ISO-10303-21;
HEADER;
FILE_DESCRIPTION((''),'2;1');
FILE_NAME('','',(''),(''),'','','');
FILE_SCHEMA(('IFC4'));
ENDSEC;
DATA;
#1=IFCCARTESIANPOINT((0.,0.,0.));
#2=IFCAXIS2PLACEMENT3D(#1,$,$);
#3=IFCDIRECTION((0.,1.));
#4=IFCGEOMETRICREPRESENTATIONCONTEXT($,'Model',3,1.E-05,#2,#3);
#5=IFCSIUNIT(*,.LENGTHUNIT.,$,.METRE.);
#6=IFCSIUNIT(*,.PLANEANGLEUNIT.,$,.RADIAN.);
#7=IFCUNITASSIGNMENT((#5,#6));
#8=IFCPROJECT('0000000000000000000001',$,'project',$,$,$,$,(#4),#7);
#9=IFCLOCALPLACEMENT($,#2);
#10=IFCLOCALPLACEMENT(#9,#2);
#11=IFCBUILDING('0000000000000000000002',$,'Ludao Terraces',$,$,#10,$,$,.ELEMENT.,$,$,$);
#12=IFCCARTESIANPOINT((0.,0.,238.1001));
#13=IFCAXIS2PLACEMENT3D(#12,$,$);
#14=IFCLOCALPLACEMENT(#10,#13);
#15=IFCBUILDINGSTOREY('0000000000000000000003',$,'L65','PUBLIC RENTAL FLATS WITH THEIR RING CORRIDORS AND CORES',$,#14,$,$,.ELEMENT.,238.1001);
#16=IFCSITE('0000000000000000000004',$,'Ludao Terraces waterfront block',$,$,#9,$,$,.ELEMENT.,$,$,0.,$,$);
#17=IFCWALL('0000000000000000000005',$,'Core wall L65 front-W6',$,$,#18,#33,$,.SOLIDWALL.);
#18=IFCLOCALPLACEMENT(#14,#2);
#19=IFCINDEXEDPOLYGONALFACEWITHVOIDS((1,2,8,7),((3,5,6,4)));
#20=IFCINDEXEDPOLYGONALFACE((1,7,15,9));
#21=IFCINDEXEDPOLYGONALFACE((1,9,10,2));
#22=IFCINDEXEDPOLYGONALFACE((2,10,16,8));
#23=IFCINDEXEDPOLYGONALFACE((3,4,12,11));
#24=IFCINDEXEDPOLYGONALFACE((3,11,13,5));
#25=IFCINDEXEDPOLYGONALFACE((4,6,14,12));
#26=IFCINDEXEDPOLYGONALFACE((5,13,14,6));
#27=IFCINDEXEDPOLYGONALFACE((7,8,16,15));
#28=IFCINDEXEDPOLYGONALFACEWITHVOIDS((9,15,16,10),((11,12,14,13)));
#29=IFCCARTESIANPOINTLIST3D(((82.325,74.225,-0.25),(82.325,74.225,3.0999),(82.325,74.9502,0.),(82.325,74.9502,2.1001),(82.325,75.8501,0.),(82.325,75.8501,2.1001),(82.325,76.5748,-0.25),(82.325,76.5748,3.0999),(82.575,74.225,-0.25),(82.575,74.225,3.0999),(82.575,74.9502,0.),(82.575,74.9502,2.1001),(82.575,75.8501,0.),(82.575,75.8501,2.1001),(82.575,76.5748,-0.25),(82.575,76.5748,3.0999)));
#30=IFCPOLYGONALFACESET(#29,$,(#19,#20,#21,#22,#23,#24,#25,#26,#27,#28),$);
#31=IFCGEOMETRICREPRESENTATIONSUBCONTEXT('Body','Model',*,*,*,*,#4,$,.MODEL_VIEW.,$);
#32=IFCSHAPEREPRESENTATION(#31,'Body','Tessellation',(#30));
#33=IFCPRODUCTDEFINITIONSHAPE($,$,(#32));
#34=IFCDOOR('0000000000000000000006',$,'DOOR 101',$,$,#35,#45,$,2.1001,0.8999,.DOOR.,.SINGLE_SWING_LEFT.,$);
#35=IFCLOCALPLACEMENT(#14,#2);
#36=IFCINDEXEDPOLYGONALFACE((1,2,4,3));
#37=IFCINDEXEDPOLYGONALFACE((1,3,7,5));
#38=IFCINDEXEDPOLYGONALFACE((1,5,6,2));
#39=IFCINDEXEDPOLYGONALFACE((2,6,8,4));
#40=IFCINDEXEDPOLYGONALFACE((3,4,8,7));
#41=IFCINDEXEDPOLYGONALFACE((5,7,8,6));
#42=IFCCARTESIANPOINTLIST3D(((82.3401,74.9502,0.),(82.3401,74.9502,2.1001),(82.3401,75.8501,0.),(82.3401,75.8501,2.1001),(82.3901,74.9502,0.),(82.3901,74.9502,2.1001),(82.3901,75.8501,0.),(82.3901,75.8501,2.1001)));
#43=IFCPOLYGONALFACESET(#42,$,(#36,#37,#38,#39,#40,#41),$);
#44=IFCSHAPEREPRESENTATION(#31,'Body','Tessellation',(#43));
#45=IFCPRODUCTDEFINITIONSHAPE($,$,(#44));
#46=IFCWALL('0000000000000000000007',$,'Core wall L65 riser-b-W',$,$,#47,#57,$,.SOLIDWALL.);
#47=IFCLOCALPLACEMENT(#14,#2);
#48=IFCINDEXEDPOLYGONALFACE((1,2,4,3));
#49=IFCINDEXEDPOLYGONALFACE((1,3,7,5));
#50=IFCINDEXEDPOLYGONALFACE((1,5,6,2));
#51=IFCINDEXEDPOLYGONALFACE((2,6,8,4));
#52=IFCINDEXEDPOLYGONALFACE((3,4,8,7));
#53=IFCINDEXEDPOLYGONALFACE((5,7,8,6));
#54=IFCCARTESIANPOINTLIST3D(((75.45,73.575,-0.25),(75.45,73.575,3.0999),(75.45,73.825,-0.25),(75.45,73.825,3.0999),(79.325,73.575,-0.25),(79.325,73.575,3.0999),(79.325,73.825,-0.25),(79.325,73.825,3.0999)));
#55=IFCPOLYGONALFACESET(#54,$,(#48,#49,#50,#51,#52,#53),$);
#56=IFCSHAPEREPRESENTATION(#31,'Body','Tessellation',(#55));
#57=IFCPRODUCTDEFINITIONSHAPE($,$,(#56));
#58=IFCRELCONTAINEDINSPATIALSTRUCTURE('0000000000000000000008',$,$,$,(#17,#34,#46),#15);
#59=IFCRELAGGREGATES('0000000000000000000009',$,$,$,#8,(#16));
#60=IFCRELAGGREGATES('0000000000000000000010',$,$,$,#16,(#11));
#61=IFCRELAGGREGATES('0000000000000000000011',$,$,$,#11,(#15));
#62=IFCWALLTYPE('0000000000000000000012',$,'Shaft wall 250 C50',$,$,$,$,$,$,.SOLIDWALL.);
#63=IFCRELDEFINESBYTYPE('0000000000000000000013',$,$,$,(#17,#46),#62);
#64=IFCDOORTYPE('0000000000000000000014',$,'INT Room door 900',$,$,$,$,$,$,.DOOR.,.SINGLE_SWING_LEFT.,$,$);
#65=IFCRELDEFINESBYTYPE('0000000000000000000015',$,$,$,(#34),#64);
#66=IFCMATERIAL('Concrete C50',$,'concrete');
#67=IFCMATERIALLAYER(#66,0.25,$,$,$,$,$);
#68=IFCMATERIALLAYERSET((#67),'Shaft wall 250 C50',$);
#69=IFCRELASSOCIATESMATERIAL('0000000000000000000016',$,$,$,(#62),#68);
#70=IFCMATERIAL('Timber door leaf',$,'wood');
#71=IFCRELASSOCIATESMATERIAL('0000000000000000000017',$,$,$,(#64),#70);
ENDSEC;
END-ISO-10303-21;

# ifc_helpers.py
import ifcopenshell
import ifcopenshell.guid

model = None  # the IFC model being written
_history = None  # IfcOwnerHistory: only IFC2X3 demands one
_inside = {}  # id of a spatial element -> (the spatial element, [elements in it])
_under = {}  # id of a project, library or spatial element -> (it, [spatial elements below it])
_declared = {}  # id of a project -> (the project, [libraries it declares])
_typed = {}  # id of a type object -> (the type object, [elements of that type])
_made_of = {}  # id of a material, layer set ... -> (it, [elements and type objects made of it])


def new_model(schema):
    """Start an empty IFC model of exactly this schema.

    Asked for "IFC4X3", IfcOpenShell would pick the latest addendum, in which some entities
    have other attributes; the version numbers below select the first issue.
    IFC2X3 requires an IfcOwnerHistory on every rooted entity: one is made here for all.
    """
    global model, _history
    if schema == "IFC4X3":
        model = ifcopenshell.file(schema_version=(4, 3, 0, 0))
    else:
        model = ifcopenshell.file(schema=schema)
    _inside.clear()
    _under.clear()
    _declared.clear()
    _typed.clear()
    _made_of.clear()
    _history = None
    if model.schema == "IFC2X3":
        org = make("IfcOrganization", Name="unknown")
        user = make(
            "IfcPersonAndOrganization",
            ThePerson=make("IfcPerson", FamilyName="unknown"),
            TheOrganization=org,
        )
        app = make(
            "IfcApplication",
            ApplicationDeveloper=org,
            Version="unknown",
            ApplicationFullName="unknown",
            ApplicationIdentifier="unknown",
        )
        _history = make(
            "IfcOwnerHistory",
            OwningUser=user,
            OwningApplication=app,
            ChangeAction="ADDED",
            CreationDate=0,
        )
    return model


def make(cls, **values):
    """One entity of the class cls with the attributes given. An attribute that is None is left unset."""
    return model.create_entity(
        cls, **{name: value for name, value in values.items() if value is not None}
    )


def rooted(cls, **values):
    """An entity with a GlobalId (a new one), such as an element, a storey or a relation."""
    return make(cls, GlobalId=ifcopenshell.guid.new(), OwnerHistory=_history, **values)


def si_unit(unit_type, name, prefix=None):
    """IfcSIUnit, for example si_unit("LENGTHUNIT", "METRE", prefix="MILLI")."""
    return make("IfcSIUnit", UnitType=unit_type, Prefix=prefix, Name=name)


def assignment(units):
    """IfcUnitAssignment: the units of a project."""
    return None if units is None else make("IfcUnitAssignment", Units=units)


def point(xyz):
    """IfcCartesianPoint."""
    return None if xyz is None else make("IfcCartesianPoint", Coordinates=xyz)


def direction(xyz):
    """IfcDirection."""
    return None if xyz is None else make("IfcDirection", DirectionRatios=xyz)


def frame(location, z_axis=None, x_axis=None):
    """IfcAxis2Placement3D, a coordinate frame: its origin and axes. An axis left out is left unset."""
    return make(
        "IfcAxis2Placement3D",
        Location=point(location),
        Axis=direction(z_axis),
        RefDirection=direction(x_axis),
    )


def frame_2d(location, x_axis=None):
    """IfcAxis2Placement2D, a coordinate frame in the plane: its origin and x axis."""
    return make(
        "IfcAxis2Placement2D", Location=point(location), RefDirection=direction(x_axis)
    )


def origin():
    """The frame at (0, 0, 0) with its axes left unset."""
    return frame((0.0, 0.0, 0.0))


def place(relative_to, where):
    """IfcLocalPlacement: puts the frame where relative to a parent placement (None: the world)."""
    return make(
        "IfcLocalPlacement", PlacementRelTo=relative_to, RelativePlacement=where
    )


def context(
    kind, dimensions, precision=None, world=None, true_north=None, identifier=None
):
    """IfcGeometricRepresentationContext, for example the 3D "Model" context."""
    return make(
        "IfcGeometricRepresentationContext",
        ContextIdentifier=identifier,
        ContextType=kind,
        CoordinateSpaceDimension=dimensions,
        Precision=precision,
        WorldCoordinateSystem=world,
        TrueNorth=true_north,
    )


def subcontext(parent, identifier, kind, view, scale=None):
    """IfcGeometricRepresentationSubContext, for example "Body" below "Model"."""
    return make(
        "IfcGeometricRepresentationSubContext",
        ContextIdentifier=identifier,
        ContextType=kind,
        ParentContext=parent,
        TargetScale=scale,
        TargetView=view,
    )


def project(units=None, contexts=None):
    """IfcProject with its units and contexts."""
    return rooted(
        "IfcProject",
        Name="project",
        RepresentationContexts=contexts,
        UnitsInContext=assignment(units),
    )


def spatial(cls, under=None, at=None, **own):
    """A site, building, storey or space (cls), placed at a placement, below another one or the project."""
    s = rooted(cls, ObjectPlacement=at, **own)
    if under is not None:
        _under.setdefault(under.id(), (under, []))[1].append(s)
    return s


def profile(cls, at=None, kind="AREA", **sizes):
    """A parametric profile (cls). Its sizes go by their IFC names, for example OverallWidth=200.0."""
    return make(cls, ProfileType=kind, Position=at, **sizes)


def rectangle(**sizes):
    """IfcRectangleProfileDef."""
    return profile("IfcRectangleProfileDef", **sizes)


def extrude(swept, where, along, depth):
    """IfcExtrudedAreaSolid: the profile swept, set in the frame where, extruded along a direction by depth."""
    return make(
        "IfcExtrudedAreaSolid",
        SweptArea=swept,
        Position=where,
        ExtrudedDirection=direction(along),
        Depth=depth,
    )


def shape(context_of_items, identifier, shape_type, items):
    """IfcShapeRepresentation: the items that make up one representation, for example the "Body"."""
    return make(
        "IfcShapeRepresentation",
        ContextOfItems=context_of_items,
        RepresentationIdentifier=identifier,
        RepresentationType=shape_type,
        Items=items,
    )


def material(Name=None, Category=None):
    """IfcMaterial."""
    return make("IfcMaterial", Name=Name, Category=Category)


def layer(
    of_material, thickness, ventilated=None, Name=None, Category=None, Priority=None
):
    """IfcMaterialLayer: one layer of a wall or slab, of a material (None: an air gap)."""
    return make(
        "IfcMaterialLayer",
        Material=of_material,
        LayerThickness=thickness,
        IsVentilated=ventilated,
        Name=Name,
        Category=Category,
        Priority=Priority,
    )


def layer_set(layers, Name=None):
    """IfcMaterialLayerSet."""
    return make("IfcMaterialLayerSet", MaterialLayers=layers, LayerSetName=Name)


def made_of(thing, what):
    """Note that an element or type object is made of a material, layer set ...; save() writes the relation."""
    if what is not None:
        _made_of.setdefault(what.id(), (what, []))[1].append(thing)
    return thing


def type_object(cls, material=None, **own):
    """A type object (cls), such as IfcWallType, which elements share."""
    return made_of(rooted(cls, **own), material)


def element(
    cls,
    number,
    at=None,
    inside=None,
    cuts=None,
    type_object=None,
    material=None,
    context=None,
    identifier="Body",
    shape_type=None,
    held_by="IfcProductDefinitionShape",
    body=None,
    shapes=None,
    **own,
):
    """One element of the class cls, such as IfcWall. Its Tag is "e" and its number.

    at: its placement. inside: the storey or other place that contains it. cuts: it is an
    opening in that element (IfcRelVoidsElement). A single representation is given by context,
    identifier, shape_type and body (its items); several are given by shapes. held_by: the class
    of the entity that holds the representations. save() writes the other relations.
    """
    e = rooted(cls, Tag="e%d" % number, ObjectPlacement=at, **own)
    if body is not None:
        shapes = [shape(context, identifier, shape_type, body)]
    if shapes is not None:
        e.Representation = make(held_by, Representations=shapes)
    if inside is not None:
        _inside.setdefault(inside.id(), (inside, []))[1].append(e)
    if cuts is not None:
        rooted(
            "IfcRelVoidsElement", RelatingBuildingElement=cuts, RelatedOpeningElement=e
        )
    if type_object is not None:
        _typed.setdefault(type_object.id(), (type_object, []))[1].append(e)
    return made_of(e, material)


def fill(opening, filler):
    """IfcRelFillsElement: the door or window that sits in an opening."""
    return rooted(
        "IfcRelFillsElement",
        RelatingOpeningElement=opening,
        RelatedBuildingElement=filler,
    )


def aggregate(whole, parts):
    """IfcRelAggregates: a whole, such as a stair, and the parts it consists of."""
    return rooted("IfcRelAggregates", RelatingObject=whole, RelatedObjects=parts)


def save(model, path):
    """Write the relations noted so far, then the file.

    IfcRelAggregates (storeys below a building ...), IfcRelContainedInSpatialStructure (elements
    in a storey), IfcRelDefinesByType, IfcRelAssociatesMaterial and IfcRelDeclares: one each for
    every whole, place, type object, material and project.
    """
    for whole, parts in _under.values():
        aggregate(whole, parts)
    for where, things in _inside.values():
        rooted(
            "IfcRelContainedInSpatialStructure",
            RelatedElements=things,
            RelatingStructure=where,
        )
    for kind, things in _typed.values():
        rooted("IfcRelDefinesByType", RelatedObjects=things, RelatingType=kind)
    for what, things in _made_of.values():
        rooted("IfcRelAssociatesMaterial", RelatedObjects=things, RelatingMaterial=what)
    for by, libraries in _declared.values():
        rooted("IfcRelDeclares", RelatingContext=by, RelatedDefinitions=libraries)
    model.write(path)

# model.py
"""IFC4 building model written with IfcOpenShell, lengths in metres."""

from ifc_helpers import new_model, si_unit, direction, frame, frame_2d, origin, place, context, subcontext, project, spatial, rectangle, extrude, material, layer, layer_set, type_object, element, fill, save


model = new_model("IFC4")

# Units and contexts
model_context = context("Model", 3, precision=1e-05, world=origin(), true_north=direction((0.0, 1.0)))
body_context = subcontext(model_context, "Body", "Model", "MODEL_VIEW")
ifc_project = project(units=[si_unit("LENGTHUNIT", "METRE"), si_unit("PLANEANGLEUNIT", "RADIAN")], contexts=[model_context])

# Site, building, storey
site_placement = place(None, origin())
site = spatial("IfcSite", under=ifc_project, at=site_placement, Name="Ludao Terraces waterfront block", CompositionType="ELEMENT", RefElevation=0.0)
building_placement = place(site_placement, origin())
building = spatial("IfcBuilding", under=site, at=building_placement, Name="Ludao Terraces", CompositionType="ELEMENT")
storey_placement = place(building_placement, frame((0.0, 0.0, 238.1001)))
storey = spatial("IfcBuildingStorey", under=building, at=storey_placement, Name="L65", Description="PUBLIC RENTAL FLATS WITH THEIR RING CORRIDORS AND CORES", CompositionType="ELEMENT", Elevation=238.1001)

# Shared definitions
ifc_material_1 = material(Name="Concrete C50", Category="concrete")
ifc_layer_1 = layer(ifc_material_1, 0.25)
ifc_layer_set_1 = layer_set([ifc_layer_1], Name="Shaft wall 250 C50")
wall_type_1 = type_object("IfcWallType", Name="Shaft wall 250 C50", PredefinedType="SOLIDWALL", material=ifc_layer_set_1)

# Shared definitions
ifc_material_2 = material(Name="Timber door leaf", Category="wood")
door_type = type_object("IfcDoorType", Name="INT Room door 900", OperationType="SINGLE_SWING_LEFT", PredefinedType="DOOR", material=ifc_material_2)

# Wall, opening, door
wall_1_placement = place(storey_placement, frame((82.45, 74.2251, -0.25), z_axis=(0.0, 0.0, 1.0), x_axis=(0.0, 1.0, 0.0)))
wall_1 = element("IfcWall", 1, at=wall_1_placement, inside=storey, type_object=wall_type_1, Name="Core wall L65 front-W6", PredefinedType="SOLIDWALL", context=body_context, shape_type="SweptSolid", body=[
    extrude(rectangle(XDim=2.3499, YDim=0.25, at=frame_2d((1.1748, 0.0))), origin(), (0.0, 0.0, 1.0), 3.3499),
])
opening_1_placement = place(wall_1_placement, frame((0.7251, 0.0, 0.25)))
opening_1 = element("IfcOpeningElement", 2, at=opening_1_placement, cuts=wall_1, PredefinedType="OPENING", context=body_context, shape_type="SweptSolid", body=[
    extrude(rectangle(XDim=0.8999, YDim=2.1001, at=frame_2d((0.45, 1.05))), frame((0.0, 0.135, 0.0), z_axis=(0.0, -1.0, 0.0), x_axis=(1.0, 0.0, 0.0)), (0.0, 0.0, 1.0), 0.27),
])
door_1_placement = place(opening_1_placement, origin())
door_1 = element("IfcDoor", 3, at=door_1_placement, inside=storey, type_object=door_type, Name="DOOR 101", OperationType="SINGLE_SWING_LEFT", OverallHeight=2.1001, OverallWidth=0.8999, PredefinedType="DOOR", context=body_context, shape_type="SweptSolid", body=[
    extrude(rectangle(XDim=0.8999, YDim=2.1001, at=frame_2d((0.45, 1.05))), frame((0.0, 0.1099, 0.0), z_axis=(0.0, -1.0, 0.0), x_axis=(1.0, 0.0, 0.0)), (0.0, 0.0, 1.0), 0.05),
])
fill(opening_1, door_1)

# Wall
wall_2_placement = place(storey_placement, frame((75.45, 73.7, -0.25), z_axis=(0.0, 0.0, 1.0), x_axis=(1.0, 0.0, 0.0)))
element("IfcWall", 4, at=wall_2_placement, inside=storey, type_object=wall_type_1, Name="Core wall L65 riser-b-W", PredefinedType="SOLIDWALL", context=body_context, shape_type="SweptSolid", body=[
    extrude(rectangle(XDim=3.875, YDim=0.25, at=frame_2d((1.9375, 0.0))), origin(), (0.0, 0.0, 1.0), 3.3499),
])

save(model, "model.ifc")
